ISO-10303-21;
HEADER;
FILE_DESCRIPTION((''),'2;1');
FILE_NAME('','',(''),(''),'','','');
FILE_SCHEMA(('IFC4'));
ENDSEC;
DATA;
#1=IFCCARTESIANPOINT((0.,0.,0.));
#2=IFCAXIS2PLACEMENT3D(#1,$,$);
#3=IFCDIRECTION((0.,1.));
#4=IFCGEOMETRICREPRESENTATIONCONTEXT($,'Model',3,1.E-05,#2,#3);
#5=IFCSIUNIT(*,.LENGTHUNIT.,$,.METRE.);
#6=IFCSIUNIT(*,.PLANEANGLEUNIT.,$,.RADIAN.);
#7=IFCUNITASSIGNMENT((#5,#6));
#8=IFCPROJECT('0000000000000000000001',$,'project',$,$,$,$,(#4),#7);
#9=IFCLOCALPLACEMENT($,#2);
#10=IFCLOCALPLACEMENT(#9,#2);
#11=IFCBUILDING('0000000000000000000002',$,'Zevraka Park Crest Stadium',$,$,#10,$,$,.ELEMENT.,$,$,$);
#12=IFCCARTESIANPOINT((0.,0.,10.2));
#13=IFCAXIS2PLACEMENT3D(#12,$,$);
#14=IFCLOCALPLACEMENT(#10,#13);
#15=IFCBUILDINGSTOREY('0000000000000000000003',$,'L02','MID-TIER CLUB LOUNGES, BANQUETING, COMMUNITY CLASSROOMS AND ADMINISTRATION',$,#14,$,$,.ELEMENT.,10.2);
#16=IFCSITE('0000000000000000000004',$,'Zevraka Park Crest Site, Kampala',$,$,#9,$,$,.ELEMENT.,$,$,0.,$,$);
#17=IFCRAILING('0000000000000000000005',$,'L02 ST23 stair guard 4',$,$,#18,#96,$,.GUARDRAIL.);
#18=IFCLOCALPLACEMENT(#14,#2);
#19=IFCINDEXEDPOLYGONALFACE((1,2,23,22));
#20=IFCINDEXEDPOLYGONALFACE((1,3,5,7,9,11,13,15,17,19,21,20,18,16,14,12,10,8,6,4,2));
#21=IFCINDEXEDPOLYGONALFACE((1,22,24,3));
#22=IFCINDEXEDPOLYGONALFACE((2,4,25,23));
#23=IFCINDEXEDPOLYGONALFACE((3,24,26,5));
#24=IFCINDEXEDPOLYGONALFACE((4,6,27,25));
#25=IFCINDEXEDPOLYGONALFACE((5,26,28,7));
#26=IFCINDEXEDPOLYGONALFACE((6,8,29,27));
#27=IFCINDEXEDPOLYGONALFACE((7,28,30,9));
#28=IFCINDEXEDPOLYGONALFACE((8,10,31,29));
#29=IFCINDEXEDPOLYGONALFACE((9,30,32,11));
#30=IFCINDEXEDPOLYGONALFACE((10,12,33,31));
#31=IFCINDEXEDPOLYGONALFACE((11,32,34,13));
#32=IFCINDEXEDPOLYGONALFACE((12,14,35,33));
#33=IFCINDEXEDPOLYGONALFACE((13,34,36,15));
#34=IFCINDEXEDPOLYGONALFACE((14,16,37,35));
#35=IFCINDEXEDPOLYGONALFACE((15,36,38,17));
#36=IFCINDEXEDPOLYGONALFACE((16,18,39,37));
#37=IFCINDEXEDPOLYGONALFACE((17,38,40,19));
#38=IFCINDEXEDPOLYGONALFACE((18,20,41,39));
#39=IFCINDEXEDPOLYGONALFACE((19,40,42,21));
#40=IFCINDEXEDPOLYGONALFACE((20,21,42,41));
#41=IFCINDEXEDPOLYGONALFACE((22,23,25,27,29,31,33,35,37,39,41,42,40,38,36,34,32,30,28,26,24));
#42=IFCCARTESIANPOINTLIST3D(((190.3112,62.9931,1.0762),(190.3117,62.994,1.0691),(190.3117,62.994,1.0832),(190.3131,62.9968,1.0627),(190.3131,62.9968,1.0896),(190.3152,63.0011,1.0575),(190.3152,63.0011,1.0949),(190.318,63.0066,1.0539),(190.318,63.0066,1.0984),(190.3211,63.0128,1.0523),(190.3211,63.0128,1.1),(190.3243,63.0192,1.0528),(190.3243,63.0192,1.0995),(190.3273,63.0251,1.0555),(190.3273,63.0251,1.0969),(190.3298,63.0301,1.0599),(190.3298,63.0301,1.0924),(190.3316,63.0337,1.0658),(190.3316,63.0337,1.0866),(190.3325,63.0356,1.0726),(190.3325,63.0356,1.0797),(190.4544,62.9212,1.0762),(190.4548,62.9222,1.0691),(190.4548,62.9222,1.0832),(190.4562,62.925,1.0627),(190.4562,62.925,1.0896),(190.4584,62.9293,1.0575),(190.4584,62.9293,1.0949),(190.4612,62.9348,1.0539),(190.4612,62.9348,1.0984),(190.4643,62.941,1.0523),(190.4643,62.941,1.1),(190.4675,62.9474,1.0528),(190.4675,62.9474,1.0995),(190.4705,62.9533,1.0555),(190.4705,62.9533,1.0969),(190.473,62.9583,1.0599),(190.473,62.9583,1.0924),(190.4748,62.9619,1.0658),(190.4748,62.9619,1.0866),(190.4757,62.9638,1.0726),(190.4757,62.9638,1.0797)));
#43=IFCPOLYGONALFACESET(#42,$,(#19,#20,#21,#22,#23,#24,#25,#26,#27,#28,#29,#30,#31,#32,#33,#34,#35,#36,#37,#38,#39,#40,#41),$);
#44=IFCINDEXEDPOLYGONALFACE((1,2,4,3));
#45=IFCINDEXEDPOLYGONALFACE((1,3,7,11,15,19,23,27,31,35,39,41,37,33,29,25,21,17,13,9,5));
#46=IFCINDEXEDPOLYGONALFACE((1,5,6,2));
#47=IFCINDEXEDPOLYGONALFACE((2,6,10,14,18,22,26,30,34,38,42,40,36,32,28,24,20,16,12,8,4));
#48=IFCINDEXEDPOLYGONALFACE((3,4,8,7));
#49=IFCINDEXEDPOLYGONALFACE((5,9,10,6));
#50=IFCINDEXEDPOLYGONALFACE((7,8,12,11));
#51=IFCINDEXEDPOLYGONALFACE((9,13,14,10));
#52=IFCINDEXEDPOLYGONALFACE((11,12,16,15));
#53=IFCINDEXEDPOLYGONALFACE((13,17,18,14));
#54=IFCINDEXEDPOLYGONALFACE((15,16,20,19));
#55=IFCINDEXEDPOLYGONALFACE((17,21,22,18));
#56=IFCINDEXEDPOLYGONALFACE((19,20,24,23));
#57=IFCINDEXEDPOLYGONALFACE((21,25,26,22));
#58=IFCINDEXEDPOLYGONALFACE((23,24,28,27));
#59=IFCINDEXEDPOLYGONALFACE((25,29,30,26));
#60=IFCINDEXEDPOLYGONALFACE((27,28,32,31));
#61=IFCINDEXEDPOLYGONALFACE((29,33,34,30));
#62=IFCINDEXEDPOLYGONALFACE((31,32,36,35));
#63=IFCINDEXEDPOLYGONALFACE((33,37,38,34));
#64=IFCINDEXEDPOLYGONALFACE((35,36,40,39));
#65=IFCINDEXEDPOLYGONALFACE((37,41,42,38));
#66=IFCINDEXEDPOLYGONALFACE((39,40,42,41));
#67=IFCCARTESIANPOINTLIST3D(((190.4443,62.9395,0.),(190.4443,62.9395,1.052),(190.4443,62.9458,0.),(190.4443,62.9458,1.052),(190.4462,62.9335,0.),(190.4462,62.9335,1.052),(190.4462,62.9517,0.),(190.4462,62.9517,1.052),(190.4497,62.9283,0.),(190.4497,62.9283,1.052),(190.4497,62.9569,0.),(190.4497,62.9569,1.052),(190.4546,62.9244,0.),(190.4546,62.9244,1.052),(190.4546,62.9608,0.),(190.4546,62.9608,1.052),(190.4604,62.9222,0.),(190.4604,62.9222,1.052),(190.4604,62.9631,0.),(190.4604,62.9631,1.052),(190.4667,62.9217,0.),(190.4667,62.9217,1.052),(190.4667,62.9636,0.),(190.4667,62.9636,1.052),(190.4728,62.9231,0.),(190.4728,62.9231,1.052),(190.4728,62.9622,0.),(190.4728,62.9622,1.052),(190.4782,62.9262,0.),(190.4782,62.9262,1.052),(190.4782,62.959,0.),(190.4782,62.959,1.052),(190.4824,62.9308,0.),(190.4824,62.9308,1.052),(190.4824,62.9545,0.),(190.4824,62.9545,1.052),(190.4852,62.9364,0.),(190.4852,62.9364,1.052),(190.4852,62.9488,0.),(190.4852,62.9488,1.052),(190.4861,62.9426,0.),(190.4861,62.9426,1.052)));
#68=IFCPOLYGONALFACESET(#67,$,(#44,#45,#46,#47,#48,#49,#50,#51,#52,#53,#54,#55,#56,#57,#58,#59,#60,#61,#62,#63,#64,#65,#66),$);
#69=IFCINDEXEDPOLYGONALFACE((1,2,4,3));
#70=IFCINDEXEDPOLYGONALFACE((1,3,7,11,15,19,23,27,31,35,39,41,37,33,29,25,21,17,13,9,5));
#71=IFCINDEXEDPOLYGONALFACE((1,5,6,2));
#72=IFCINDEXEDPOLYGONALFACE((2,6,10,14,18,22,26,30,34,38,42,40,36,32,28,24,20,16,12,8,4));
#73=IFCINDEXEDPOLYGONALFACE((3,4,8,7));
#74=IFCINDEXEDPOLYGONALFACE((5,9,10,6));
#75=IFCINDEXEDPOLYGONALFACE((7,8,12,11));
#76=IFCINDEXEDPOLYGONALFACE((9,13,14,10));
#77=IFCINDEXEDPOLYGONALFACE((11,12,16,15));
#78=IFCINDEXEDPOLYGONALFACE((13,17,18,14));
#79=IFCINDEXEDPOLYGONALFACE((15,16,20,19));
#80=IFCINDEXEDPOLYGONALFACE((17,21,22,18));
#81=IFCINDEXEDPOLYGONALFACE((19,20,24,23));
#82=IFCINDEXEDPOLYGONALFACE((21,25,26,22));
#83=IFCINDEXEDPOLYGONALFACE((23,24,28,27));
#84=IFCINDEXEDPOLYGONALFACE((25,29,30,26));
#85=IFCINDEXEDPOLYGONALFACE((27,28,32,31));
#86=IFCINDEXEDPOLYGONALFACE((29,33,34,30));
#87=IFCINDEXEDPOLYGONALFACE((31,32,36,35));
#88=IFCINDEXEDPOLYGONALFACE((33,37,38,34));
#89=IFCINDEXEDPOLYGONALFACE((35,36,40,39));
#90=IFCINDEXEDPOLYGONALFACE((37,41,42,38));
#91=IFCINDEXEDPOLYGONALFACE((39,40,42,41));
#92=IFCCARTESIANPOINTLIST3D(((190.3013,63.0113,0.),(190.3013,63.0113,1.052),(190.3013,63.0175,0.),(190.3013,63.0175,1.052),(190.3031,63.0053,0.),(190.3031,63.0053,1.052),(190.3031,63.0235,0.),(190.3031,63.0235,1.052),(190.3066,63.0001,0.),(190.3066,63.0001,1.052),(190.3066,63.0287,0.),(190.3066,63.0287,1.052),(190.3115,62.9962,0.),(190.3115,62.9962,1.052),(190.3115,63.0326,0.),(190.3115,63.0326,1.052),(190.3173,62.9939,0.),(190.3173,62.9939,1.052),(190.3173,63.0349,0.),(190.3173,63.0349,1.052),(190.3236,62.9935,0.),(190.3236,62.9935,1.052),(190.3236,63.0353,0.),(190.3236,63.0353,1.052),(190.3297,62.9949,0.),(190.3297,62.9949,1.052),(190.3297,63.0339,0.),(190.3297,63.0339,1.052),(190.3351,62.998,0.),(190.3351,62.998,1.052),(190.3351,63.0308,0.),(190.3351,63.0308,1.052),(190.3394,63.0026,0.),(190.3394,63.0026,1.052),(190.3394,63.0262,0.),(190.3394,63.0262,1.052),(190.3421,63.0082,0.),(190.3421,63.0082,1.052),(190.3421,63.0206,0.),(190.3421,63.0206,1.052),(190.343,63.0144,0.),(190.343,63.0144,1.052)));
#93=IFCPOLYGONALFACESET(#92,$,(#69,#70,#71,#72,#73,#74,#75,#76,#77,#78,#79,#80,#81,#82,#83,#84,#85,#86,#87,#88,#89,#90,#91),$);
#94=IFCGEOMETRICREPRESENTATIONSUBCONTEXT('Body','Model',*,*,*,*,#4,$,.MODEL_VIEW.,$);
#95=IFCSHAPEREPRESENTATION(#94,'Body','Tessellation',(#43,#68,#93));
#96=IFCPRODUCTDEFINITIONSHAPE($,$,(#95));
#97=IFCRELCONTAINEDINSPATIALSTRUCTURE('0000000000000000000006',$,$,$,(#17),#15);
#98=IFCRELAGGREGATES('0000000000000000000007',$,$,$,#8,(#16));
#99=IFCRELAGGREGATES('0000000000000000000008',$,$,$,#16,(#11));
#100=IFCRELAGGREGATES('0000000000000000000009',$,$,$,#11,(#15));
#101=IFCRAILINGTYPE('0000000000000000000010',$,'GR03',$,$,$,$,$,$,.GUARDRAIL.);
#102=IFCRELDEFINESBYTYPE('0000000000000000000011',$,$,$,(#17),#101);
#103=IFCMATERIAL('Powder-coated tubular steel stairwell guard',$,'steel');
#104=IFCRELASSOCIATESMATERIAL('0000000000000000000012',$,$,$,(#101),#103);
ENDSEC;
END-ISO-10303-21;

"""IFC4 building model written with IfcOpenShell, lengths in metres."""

from ifc_helpers import new_model, si_unit, direction, frame, origin, origin_2d, place, context, subcontext, project, spatial, circle, extrude, material, type_object, element, save


model = new_model("IFC4")

# Units and contexts
model_context = context("Model", 3, precision=1e-05, world=origin(), true_north=direction((0.0, 1.0)))
body_context = subcontext(model_context, "Body", "Model", "MODEL_VIEW")
ifc_project = project(units=[si_unit("LENGTHUNIT", "METRE"), si_unit("PLANEANGLEUNIT", "RADIAN")], contexts=[model_context])

# Site, building, storey
site_placement = place(None, origin())
site = spatial("IfcSite", under=ifc_project, at=site_placement, Name="Zevraka Park Crest Site, Kampala", CompositionType="ELEMENT", RefElevation=0.0)
building_placement = place(site_placement, origin())
building = spatial("IfcBuilding", under=site, at=building_placement, Name="Zevraka Park Crest Stadium", CompositionType="ELEMENT")
storey_placement = place(building_placement, frame((0.0, 0.0, 10.2)))
storey = spatial("IfcBuildingStorey", under=building, at=storey_placement, Name="L02", Description="MID-TIER CLUB LOUNGES, BANQUETING, COMMUNITY CLASSROOMS AND ADMINISTRATION", CompositionType="ELEMENT", Elevation=10.2)

# Railing
ifc_material_1 = material(Name="Powder-coated tubular steel stairwell guard", Category="steel")
railing_type_1 = type_object("IfcRailingType", Name="GR03", PredefinedType="GUARDRAIL", material=ifc_material_1)
railing_1_placement = place(storey_placement, frame((190.4651, 62.9426, 0.0)))
element("IfcRailing", 1, at=railing_1_placement, inside=storey, type_object=railing_type_1, Name="L02 ST23 stair guard 4", PredefinedType="GUARDRAIL", context=body_context, shape_type="SweptSolid", body=[
    extrude(circle(Radius=0.0239, at=origin_2d()), frame((0.0, 0.0, 1.0762), z_axis=(-0.893816, 0.448433, 0.0), x_axis=(-0.448433, -0.893816, 0.0)), (0.0, 0.0, 1.0), 0.1602),
    extrude(circle(Radius=0.021, at=origin_2d()), origin(), (0.0, 0.0, 1.0), 1.052),
    extrude(circle(Radius=0.021, at=origin_2d()), frame((-0.1431, 0.0718, 0.0)), (0.0, 0.0, 1.0), 1.052),
])

save(model, "model.ifc")
